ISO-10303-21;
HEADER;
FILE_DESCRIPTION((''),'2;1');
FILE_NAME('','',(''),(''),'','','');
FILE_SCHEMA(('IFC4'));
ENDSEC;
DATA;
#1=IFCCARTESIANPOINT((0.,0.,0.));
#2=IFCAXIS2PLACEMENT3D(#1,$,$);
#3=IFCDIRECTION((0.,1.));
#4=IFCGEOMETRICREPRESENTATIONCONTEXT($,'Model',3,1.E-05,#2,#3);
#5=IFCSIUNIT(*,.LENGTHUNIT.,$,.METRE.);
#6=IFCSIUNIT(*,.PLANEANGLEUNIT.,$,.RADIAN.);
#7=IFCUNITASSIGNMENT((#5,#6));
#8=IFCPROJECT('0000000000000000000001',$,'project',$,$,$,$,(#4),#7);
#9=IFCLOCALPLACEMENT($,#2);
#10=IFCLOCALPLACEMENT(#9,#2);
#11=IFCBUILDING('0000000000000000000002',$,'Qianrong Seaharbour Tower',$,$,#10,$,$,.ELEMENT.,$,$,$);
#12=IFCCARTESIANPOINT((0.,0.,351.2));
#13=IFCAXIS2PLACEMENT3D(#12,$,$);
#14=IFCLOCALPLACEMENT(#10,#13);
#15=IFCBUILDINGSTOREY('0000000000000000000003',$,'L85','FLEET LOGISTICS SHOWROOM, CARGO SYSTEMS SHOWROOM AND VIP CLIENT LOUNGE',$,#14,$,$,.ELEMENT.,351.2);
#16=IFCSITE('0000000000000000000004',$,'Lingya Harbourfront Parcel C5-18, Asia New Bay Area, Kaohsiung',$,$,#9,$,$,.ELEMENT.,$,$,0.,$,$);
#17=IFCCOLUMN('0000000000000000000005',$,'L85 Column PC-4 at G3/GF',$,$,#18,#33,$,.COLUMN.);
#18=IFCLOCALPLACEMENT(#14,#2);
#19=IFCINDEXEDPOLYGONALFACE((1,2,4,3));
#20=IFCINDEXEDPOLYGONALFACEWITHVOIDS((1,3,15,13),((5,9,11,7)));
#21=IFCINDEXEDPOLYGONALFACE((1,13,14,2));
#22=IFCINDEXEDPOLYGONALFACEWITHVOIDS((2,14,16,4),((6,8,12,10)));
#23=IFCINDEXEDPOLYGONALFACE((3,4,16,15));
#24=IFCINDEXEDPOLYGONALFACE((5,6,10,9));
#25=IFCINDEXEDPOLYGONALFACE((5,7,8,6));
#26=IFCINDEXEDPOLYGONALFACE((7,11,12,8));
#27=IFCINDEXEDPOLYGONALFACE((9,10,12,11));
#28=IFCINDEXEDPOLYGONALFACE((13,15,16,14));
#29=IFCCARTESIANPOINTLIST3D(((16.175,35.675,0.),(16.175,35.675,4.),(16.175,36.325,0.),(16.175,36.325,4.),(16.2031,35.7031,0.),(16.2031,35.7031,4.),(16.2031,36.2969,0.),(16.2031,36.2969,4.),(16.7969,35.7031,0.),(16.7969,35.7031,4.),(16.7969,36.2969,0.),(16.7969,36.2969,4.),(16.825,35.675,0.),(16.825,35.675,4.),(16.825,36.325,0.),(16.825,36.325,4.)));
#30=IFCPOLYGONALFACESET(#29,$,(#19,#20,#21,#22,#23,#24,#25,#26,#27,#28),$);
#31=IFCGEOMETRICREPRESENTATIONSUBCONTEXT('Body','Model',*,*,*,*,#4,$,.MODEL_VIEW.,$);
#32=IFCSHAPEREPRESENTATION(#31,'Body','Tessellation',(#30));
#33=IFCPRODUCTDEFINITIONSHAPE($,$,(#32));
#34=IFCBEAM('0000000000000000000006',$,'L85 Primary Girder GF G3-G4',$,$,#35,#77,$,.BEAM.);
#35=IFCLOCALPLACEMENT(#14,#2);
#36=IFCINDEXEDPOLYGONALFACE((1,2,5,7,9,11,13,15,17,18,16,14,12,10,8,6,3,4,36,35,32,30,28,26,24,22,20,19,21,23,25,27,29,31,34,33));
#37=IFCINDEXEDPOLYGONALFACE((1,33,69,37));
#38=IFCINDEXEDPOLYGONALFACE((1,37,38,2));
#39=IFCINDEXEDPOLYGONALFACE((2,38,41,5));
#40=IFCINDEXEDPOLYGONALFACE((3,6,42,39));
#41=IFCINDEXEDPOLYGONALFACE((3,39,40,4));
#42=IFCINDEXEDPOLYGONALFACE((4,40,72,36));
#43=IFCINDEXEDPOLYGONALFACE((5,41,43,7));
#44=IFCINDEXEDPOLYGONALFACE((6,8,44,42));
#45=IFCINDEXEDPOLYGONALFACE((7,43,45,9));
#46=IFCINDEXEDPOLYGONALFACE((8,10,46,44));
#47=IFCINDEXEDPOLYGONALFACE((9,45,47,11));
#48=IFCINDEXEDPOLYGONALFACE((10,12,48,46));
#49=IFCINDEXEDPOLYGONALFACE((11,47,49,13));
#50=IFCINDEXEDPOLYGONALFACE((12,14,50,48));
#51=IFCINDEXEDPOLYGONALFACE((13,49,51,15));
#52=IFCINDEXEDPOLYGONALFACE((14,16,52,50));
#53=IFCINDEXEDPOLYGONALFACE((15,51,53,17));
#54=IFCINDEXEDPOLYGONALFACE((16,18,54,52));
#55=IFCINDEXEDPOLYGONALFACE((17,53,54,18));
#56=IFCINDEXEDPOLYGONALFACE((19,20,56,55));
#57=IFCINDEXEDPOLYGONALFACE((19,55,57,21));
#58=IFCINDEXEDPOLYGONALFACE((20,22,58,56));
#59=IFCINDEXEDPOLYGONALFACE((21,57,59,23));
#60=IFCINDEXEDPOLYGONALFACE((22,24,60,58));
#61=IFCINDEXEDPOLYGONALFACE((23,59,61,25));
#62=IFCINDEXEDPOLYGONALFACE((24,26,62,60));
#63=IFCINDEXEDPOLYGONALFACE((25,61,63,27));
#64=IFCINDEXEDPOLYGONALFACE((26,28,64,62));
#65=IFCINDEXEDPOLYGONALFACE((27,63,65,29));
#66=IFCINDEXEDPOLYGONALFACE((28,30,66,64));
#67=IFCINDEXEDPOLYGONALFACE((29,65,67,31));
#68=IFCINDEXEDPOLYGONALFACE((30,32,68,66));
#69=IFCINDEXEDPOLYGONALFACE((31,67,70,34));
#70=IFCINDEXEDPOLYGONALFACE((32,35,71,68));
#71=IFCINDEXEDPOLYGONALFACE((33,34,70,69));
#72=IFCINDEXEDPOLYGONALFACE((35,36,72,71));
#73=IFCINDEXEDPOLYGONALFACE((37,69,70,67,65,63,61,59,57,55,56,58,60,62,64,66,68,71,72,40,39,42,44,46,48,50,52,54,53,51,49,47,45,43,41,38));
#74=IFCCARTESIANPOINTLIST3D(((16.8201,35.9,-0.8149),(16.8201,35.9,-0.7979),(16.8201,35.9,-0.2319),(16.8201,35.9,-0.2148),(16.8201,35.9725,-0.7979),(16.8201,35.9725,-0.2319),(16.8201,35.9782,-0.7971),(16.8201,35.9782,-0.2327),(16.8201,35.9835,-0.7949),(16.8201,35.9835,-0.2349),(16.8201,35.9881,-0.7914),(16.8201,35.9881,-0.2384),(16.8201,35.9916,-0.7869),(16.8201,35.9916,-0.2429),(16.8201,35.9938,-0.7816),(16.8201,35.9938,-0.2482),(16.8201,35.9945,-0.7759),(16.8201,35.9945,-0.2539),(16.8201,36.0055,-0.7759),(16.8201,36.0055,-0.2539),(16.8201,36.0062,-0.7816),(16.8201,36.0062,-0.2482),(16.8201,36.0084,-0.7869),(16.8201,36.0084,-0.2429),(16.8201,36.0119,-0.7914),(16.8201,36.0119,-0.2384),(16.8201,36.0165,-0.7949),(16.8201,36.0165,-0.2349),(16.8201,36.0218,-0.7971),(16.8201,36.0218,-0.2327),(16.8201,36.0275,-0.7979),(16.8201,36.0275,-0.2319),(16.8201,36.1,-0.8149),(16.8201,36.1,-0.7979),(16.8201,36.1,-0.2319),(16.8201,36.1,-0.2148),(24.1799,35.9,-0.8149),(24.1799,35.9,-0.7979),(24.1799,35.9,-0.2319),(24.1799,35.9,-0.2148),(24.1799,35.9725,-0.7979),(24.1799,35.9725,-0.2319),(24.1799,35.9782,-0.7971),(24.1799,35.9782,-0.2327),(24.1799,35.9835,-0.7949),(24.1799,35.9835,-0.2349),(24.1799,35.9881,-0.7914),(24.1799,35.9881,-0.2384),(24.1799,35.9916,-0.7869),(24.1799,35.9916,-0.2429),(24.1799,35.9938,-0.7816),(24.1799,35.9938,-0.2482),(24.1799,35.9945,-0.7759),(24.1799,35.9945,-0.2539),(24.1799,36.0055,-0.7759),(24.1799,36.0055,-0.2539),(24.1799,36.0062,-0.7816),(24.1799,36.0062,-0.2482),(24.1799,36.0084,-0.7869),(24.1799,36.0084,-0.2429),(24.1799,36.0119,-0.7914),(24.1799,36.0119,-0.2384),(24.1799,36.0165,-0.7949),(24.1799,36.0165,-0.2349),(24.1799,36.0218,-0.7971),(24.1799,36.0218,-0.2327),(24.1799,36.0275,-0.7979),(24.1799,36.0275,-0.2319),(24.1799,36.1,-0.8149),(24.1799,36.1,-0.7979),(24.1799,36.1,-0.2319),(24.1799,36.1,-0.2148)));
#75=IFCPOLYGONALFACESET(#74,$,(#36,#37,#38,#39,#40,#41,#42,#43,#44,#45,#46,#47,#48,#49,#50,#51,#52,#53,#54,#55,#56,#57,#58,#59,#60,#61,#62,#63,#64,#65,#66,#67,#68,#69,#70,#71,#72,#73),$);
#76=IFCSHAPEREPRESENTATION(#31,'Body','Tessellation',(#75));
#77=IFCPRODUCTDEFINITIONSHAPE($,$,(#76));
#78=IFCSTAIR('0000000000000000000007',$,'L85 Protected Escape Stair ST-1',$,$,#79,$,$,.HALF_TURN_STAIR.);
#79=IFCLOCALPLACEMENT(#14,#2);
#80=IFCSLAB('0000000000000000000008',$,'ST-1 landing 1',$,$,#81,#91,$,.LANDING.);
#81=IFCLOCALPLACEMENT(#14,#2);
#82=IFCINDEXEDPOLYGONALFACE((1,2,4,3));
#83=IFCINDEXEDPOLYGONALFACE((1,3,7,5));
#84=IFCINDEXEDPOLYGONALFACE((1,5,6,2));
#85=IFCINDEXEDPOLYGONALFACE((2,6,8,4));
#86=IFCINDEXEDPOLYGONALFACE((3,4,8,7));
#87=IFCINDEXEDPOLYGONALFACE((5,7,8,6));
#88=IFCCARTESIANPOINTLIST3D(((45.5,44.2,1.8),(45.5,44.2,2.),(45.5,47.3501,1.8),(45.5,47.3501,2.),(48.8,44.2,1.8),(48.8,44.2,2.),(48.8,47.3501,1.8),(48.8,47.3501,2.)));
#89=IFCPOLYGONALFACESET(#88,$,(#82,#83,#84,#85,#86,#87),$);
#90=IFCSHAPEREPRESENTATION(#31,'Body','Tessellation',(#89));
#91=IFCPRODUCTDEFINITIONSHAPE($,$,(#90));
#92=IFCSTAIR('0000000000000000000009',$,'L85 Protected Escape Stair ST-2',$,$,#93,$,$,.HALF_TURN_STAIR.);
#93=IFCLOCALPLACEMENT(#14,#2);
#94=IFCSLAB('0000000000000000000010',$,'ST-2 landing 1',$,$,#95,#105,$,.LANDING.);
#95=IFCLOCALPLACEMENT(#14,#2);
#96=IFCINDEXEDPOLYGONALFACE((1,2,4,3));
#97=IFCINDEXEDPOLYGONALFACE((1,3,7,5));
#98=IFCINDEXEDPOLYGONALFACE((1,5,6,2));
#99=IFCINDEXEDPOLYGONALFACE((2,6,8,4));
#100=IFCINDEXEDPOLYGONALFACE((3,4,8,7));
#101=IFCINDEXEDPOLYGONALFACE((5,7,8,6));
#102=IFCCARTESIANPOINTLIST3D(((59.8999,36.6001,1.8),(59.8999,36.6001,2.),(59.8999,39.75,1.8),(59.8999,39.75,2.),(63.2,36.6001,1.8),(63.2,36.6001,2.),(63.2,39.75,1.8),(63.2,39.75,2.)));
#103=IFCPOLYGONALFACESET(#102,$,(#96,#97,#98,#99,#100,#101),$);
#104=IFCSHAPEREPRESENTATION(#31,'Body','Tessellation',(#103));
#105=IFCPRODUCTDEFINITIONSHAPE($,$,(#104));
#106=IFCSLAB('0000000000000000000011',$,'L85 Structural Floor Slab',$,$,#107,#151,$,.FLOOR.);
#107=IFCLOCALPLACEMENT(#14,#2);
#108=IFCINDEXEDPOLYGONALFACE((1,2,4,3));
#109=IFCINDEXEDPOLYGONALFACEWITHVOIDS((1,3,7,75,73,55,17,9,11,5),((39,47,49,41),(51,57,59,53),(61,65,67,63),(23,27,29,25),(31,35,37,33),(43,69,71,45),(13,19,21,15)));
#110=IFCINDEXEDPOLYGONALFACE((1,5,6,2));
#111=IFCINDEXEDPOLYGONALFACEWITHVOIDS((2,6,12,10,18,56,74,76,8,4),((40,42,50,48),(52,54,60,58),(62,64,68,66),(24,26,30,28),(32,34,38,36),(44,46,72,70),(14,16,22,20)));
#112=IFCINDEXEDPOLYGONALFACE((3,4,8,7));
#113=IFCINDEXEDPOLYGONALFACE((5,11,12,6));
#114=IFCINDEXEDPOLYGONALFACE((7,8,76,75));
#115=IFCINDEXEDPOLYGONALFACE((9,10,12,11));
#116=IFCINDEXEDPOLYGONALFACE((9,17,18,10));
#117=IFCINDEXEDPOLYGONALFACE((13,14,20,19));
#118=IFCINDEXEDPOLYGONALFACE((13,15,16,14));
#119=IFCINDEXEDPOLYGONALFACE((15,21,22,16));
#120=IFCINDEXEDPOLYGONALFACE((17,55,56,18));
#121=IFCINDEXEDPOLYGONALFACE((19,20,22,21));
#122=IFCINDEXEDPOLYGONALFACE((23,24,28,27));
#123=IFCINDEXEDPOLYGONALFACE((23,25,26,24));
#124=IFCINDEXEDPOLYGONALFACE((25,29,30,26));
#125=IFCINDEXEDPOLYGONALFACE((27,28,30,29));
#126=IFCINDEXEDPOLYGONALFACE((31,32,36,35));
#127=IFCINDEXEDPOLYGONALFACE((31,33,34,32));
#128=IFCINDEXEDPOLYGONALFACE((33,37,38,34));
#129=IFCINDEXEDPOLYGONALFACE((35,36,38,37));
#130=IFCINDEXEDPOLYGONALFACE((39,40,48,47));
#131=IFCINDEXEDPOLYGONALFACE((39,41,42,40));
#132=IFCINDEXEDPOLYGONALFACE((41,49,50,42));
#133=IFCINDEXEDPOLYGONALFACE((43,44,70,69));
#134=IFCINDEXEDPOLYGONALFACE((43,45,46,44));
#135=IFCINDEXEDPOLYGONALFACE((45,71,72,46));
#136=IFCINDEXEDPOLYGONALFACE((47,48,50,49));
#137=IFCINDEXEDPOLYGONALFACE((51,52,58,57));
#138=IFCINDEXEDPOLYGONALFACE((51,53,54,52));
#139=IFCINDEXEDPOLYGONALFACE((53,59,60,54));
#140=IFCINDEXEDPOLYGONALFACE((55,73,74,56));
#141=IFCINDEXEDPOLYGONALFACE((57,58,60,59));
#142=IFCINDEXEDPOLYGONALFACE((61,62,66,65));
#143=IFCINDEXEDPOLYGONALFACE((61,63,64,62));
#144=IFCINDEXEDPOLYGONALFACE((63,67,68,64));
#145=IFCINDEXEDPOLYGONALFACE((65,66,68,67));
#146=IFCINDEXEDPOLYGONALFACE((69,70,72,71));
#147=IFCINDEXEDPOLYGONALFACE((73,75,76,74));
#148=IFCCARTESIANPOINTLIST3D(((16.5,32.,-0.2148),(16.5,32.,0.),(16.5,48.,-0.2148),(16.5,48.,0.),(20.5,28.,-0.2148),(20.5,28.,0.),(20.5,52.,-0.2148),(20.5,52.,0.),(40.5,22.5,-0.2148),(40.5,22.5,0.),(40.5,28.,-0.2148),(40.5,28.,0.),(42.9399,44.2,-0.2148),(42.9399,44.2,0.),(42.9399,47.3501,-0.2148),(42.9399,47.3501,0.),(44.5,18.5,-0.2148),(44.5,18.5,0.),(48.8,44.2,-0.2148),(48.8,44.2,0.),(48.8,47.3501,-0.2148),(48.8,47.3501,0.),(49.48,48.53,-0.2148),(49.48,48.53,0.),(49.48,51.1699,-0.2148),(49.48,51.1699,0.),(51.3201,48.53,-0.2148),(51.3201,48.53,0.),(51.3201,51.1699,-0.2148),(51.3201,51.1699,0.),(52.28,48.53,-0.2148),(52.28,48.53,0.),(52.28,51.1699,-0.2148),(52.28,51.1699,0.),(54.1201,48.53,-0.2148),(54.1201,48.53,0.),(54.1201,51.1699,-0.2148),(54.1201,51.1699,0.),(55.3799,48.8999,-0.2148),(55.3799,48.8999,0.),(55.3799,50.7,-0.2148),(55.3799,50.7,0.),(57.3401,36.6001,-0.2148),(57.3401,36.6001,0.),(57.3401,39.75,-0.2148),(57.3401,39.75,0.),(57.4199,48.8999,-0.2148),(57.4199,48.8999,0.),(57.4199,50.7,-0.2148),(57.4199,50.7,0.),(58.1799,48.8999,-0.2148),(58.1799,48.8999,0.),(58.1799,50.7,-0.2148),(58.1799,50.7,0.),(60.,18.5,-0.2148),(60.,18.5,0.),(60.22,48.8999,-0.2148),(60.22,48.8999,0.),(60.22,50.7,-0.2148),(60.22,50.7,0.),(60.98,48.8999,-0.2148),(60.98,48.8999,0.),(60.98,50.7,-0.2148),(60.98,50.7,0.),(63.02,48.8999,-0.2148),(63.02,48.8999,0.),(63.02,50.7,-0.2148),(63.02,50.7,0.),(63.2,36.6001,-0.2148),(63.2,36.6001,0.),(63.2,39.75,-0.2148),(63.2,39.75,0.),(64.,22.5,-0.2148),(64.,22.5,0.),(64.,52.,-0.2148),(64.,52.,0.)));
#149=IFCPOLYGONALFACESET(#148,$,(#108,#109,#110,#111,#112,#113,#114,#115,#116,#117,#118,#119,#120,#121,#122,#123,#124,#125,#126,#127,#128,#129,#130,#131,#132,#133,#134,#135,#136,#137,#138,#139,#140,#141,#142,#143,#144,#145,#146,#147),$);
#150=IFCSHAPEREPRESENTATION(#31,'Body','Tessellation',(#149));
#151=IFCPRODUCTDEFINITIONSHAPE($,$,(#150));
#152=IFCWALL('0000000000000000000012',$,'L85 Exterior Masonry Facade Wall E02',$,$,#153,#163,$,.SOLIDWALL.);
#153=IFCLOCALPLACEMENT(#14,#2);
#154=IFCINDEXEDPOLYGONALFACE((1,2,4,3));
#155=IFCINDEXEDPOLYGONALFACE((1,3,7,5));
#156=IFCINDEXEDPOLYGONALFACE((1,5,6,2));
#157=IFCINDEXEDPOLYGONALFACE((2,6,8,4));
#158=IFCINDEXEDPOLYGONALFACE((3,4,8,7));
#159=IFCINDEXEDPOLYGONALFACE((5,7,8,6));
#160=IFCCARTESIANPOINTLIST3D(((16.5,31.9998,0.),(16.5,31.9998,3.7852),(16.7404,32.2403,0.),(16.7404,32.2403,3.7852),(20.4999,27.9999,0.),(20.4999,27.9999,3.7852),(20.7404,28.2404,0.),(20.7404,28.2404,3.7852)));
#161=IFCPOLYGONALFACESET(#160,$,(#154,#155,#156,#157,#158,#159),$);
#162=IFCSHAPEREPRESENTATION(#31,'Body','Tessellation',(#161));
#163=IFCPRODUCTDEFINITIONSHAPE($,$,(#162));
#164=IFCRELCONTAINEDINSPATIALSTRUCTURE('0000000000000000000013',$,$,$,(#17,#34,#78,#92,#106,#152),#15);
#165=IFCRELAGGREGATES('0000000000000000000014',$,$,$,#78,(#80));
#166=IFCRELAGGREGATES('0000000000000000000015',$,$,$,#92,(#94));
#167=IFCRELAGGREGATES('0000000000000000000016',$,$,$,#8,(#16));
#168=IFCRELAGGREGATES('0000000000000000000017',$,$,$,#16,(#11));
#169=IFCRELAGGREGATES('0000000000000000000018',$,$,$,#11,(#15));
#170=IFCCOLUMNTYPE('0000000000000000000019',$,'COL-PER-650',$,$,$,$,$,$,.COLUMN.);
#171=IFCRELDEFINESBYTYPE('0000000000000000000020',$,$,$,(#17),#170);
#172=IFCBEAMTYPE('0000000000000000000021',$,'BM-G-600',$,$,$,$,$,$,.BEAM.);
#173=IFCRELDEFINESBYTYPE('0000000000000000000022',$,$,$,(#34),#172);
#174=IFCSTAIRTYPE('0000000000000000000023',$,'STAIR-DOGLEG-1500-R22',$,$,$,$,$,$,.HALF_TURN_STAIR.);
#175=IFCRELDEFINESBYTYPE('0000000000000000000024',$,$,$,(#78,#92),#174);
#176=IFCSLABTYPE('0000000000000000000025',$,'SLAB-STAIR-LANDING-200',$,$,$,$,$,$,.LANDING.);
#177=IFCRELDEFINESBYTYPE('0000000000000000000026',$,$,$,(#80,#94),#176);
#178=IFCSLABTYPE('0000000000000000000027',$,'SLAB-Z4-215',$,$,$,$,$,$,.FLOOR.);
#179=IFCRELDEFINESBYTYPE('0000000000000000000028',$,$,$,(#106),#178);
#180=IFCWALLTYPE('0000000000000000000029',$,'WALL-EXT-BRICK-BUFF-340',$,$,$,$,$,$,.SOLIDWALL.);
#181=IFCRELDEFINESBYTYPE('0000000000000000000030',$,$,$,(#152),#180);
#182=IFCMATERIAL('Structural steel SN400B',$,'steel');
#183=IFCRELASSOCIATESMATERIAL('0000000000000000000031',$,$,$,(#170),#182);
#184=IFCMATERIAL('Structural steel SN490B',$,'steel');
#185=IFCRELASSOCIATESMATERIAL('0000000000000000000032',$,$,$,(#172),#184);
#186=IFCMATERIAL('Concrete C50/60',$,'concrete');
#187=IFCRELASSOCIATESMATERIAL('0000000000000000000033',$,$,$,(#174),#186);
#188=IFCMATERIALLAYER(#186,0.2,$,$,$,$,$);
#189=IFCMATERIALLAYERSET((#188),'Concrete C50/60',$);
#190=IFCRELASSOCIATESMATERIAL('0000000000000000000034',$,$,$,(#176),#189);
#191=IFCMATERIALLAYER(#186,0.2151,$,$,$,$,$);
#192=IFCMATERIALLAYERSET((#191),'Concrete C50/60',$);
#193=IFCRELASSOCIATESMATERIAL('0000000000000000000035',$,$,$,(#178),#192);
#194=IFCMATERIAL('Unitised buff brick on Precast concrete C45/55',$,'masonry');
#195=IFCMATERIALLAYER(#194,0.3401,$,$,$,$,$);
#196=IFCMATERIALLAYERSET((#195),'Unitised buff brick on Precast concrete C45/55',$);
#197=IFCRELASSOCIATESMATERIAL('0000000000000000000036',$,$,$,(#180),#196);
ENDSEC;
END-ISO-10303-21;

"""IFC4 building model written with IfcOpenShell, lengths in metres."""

from ifc_helpers import new_model, si_unit, direction, frame, frame_2d, origin, origin_2d, place, context, subcontext, project, spatial, polyline, rectangle, hollow_rectangle, i_section, outline, extrude, material, layer, layer_set, material_profile, profile_set, type_object, element, aggregate, save


model = new_model("IFC4")

# Units and contexts
model_context = context("Model", 3, precision=1e-05, world=origin(), true_north=direction((0.0, 1.0)))
body_context = subcontext(model_context, "Body", "Model", "MODEL_VIEW")
ifc_project = project(units=[si_unit("LENGTHUNIT", "METRE"), si_unit("PLANEANGLEUNIT", "RADIAN")], contexts=[model_context])

# Site, building, storey
site_placement = place(None, origin())
site = spatial("IfcSite", under=ifc_project, at=site_placement, Name="Lingya Harbourfront Parcel C5-18, Asia New Bay Area, Kaohsiung", CompositionType="ELEMENT", RefElevation=0.0)
building_placement = place(site_placement, origin())
building = spatial("IfcBuilding", under=site, at=building_placement, Name="Qianrong Seaharbour Tower", CompositionType="ELEMENT")
storey_placement = place(building_placement, frame((0.0, 0.0, 351.2)))
storey = spatial("IfcBuildingStorey", under=building, at=storey_placement, Name="L85", Description="FLEET LOGISTICS SHOWROOM, CARGO SYSTEMS SHOWROOM AND VIP CLIENT LOUNGE", CompositionType="ELEMENT", Elevation=351.2)

# Column
ifc_material_1 = material(Name="Structural steel SN400B", Category="steel")
ifc_material_profile_1 = material_profile(ifc_material_1, hollow_rectangle(XDim=0.6499, YDim=0.6499, WallThickness=0.0281, at=origin_2d()), Name="BOX650x650x28")
ifc_profile_set_1 = profile_set([ifc_material_profile_1], Name="Structural steel SN400B")
column_type = type_object("IfcColumnType", Name="COL-PER-650", PredefinedType="COLUMN", material=ifc_profile_set_1)
column_placement = place(storey_placement, frame((16.5, 36.0, 0.0), z_axis=(0.0, 0.0, 1.0), x_axis=(1.0, 0.0, 0.0)))
element("IfcColumn", 1, at=column_placement, inside=storey, type_object=column_type, Name="L85 Column PC-4 at G3/GF", PredefinedType="COLUMN", context=body_context, shape_type="SweptSolid", body=[
    extrude(hollow_rectangle(XDim=0.6499, YDim=0.6499, WallThickness=0.0281, at=origin_2d()), origin(), (0.0, 0.0, 1.0), 4.0),
])

# Beam
ifc_material_2 = material(Name="Structural steel SN490B", Category="steel")
ifc_material_profile_2 = material_profile(ifc_material_2, i_section(OverallWidth=0.2, OverallDepth=0.6001, WebThickness=0.011, FlangeThickness=0.0171, FilletRadius=0.022, at=origin_2d()), Name="H600x200x11x17")
ifc_profile_set_2 = profile_set([ifc_material_profile_2], Name="Structural steel SN490B")
beam_type = type_object("IfcBeamType", Name="BM-G-600", PredefinedType="BEAM", material=ifc_profile_set_2)
beam_placement = place(storey_placement, frame((16.8201, 36.0, -0.5149), z_axis=(1.0, 0.0, 0.0), x_axis=(0.0, 1.0, 0.0)))
element("IfcBeam", 2, at=beam_placement, inside=storey, type_object=beam_type, Name="L85 Primary Girder GF G3-G4", PredefinedType="BEAM", context=body_context, shape_type="SweptSolid", body=[
    extrude(i_section(OverallWidth=0.2, OverallDepth=0.6001, WebThickness=0.011, FlangeThickness=0.0171, FilletRadius=0.022, at=origin_2d()), origin(), (0.0, 0.0, 1.0), 7.3599),
])

# Stairs, slabs
ifc_material_3 = material(Name="Concrete C50/60", Category="concrete")
stair_type = type_object("IfcStairType", Name="STAIR-DOGLEG-1500-R22", PredefinedType="HALF_TURN_STAIR", material=ifc_material_3)
stair_1_placement = place(storey_placement, origin())
stair_1 = element("IfcStair", 3, at=stair_1_placement, inside=storey, type_object=stair_type, Name="L85 Protected Escape Stair ST-1", PredefinedType="HALF_TURN_STAIR")
ifc_layer_1 = layer(ifc_material_3, 0.2)
ifc_layer_set_1 = layer_set([ifc_layer_1], Name="Concrete C50/60")
slab_type_1 = type_object("IfcSlabType", Name="SLAB-STAIR-LANDING-200", PredefinedType="LANDING", material=ifc_layer_set_1)
slab_1_placement = place(storey_placement, frame((0.0, 0.0, 1.8)))
slab_1 = element("IfcSlab", 4, at=slab_1_placement, type_object=slab_type_1, Name="ST-1 landing 1", PredefinedType="LANDING", context=body_context, shape_type="SweptSolid", body=[
    extrude(outline(polyline([(45.5, 44.2), (48.8, 44.2), (48.8, 47.3501), (45.5, 47.3501), (45.5, 44.2)])), origin(), (0.0, 0.0, 1.0), 0.2),
])
aggregate(stair_1, [slab_1])
stair_2_placement = place(storey_placement, origin())
stair_2 = element("IfcStair", 5, at=stair_2_placement, inside=storey, type_object=stair_type, Name="L85 Protected Escape Stair ST-2", PredefinedType="HALF_TURN_STAIR")
slab_2_placement = place(storey_placement, frame((0.0, 0.0, 1.8)))
slab_2 = element("IfcSlab", 6, at=slab_2_placement, type_object=slab_type_1, Name="ST-2 landing 1", PredefinedType="LANDING", context=body_context, shape_type="SweptSolid", body=[
    extrude(outline(polyline([(59.8999, 36.6001), (63.2, 36.6001), (63.2, 39.75), (59.8999, 39.75), (59.8999, 36.6001)])), origin(), (0.0, 0.0, 1.0), 0.2),
])
aggregate(stair_2, [slab_2])

# Slab
ifc_layer_2 = layer(ifc_material_3, 0.2151)
ifc_layer_set_2 = layer_set([ifc_layer_2], Name="Concrete C50/60")
slab_type_2 = type_object("IfcSlabType", Name="SLAB-Z4-215", PredefinedType="FLOOR", material=ifc_layer_set_2)
slab_3_placement = place(storey_placement, frame((0.0, 0.0, -0.2148)))
element("IfcSlab", 7, at=slab_3_placement, inside=storey, type_object=slab_type_2, Name="L85 Structural Floor Slab", PredefinedType="FLOOR", context=body_context, shape_type="SweptSolid", body=[
    extrude(outline(polyline([(44.5, 18.5), (60.0, 18.5), (64.0, 22.5), (64.0, 52.0), (20.5, 52.0), (16.5, 48.0), (16.5, 32.0), (20.5, 28.0), (40.5, 28.0), (40.5, 22.5), (44.5, 18.5)]), holes=[polyline([(42.9399, 44.2), (42.9399, 47.3501), (48.8, 47.3501), (48.8, 44.2), (42.9399, 44.2)]), polyline([(57.3401, 36.6001), (57.3401, 39.75), (63.2, 39.75), (63.2, 36.6001), (57.3401, 36.6001)]), polyline([(49.48, 48.53), (49.48, 51.1699), (51.3201, 51.1699), (51.3201, 48.53), (49.48, 48.53)]), polyline([(52.28, 48.53), (52.28, 51.1699), (54.1201, 51.1699), (54.1201, 48.53), (52.28, 48.53)]), polyline([(55.3799, 48.8999), (55.3799, 50.7), (57.4199, 50.7), (57.4199, 48.8999), (55.3799, 48.8999)]), polyline([(58.1799, 48.8999), (58.1799, 50.7), (60.22, 50.7), (60.22, 48.8999), (58.1799, 48.8999)]), polyline([(60.98, 48.8999), (60.98, 50.7), (63.02, 50.7), (63.02, 48.8999), (60.98, 48.8999)])]), origin(), (0.0, 0.0, 1.0), 0.2148),
])

# Wall
ifc_material_4 = material(Name="Unitised buff brick on Precast concrete C45/55", Category="masonry")
ifc_layer_3 = layer(ifc_material_4, 0.3401)
ifc_layer_set_3 = layer_set([ifc_layer_3], Name="Unitised buff brick on Precast concrete C45/55")
wall_type = type_object("IfcWallType", Name="WALL-EXT-BRICK-BUFF-340", PredefinedType="SOLIDWALL", material=ifc_layer_set_3)
wall_1_placement = place(storey_placement, frame((20.6201, 28.1201, 0.0), z_axis=(0.0, 0.0, 1.0), x_axis=(-0.707107, 0.707107, 0.0)))
element("IfcWall", 8, at=wall_1_placement, inside=storey, type_object=wall_type, Name="L85 Exterior Masonry Facade Wall E02", PredefinedType="SOLIDWALL", context=body_context, shape_type="SweptSolid", body=[
    extrude(rectangle(XDim=5.6567, YDim=0.3401, at=frame_2d((2.8284, 0.0))), origin(), (0.0, 0.0, 1.0), 3.7852),
])

save(model, "model.ifc")
